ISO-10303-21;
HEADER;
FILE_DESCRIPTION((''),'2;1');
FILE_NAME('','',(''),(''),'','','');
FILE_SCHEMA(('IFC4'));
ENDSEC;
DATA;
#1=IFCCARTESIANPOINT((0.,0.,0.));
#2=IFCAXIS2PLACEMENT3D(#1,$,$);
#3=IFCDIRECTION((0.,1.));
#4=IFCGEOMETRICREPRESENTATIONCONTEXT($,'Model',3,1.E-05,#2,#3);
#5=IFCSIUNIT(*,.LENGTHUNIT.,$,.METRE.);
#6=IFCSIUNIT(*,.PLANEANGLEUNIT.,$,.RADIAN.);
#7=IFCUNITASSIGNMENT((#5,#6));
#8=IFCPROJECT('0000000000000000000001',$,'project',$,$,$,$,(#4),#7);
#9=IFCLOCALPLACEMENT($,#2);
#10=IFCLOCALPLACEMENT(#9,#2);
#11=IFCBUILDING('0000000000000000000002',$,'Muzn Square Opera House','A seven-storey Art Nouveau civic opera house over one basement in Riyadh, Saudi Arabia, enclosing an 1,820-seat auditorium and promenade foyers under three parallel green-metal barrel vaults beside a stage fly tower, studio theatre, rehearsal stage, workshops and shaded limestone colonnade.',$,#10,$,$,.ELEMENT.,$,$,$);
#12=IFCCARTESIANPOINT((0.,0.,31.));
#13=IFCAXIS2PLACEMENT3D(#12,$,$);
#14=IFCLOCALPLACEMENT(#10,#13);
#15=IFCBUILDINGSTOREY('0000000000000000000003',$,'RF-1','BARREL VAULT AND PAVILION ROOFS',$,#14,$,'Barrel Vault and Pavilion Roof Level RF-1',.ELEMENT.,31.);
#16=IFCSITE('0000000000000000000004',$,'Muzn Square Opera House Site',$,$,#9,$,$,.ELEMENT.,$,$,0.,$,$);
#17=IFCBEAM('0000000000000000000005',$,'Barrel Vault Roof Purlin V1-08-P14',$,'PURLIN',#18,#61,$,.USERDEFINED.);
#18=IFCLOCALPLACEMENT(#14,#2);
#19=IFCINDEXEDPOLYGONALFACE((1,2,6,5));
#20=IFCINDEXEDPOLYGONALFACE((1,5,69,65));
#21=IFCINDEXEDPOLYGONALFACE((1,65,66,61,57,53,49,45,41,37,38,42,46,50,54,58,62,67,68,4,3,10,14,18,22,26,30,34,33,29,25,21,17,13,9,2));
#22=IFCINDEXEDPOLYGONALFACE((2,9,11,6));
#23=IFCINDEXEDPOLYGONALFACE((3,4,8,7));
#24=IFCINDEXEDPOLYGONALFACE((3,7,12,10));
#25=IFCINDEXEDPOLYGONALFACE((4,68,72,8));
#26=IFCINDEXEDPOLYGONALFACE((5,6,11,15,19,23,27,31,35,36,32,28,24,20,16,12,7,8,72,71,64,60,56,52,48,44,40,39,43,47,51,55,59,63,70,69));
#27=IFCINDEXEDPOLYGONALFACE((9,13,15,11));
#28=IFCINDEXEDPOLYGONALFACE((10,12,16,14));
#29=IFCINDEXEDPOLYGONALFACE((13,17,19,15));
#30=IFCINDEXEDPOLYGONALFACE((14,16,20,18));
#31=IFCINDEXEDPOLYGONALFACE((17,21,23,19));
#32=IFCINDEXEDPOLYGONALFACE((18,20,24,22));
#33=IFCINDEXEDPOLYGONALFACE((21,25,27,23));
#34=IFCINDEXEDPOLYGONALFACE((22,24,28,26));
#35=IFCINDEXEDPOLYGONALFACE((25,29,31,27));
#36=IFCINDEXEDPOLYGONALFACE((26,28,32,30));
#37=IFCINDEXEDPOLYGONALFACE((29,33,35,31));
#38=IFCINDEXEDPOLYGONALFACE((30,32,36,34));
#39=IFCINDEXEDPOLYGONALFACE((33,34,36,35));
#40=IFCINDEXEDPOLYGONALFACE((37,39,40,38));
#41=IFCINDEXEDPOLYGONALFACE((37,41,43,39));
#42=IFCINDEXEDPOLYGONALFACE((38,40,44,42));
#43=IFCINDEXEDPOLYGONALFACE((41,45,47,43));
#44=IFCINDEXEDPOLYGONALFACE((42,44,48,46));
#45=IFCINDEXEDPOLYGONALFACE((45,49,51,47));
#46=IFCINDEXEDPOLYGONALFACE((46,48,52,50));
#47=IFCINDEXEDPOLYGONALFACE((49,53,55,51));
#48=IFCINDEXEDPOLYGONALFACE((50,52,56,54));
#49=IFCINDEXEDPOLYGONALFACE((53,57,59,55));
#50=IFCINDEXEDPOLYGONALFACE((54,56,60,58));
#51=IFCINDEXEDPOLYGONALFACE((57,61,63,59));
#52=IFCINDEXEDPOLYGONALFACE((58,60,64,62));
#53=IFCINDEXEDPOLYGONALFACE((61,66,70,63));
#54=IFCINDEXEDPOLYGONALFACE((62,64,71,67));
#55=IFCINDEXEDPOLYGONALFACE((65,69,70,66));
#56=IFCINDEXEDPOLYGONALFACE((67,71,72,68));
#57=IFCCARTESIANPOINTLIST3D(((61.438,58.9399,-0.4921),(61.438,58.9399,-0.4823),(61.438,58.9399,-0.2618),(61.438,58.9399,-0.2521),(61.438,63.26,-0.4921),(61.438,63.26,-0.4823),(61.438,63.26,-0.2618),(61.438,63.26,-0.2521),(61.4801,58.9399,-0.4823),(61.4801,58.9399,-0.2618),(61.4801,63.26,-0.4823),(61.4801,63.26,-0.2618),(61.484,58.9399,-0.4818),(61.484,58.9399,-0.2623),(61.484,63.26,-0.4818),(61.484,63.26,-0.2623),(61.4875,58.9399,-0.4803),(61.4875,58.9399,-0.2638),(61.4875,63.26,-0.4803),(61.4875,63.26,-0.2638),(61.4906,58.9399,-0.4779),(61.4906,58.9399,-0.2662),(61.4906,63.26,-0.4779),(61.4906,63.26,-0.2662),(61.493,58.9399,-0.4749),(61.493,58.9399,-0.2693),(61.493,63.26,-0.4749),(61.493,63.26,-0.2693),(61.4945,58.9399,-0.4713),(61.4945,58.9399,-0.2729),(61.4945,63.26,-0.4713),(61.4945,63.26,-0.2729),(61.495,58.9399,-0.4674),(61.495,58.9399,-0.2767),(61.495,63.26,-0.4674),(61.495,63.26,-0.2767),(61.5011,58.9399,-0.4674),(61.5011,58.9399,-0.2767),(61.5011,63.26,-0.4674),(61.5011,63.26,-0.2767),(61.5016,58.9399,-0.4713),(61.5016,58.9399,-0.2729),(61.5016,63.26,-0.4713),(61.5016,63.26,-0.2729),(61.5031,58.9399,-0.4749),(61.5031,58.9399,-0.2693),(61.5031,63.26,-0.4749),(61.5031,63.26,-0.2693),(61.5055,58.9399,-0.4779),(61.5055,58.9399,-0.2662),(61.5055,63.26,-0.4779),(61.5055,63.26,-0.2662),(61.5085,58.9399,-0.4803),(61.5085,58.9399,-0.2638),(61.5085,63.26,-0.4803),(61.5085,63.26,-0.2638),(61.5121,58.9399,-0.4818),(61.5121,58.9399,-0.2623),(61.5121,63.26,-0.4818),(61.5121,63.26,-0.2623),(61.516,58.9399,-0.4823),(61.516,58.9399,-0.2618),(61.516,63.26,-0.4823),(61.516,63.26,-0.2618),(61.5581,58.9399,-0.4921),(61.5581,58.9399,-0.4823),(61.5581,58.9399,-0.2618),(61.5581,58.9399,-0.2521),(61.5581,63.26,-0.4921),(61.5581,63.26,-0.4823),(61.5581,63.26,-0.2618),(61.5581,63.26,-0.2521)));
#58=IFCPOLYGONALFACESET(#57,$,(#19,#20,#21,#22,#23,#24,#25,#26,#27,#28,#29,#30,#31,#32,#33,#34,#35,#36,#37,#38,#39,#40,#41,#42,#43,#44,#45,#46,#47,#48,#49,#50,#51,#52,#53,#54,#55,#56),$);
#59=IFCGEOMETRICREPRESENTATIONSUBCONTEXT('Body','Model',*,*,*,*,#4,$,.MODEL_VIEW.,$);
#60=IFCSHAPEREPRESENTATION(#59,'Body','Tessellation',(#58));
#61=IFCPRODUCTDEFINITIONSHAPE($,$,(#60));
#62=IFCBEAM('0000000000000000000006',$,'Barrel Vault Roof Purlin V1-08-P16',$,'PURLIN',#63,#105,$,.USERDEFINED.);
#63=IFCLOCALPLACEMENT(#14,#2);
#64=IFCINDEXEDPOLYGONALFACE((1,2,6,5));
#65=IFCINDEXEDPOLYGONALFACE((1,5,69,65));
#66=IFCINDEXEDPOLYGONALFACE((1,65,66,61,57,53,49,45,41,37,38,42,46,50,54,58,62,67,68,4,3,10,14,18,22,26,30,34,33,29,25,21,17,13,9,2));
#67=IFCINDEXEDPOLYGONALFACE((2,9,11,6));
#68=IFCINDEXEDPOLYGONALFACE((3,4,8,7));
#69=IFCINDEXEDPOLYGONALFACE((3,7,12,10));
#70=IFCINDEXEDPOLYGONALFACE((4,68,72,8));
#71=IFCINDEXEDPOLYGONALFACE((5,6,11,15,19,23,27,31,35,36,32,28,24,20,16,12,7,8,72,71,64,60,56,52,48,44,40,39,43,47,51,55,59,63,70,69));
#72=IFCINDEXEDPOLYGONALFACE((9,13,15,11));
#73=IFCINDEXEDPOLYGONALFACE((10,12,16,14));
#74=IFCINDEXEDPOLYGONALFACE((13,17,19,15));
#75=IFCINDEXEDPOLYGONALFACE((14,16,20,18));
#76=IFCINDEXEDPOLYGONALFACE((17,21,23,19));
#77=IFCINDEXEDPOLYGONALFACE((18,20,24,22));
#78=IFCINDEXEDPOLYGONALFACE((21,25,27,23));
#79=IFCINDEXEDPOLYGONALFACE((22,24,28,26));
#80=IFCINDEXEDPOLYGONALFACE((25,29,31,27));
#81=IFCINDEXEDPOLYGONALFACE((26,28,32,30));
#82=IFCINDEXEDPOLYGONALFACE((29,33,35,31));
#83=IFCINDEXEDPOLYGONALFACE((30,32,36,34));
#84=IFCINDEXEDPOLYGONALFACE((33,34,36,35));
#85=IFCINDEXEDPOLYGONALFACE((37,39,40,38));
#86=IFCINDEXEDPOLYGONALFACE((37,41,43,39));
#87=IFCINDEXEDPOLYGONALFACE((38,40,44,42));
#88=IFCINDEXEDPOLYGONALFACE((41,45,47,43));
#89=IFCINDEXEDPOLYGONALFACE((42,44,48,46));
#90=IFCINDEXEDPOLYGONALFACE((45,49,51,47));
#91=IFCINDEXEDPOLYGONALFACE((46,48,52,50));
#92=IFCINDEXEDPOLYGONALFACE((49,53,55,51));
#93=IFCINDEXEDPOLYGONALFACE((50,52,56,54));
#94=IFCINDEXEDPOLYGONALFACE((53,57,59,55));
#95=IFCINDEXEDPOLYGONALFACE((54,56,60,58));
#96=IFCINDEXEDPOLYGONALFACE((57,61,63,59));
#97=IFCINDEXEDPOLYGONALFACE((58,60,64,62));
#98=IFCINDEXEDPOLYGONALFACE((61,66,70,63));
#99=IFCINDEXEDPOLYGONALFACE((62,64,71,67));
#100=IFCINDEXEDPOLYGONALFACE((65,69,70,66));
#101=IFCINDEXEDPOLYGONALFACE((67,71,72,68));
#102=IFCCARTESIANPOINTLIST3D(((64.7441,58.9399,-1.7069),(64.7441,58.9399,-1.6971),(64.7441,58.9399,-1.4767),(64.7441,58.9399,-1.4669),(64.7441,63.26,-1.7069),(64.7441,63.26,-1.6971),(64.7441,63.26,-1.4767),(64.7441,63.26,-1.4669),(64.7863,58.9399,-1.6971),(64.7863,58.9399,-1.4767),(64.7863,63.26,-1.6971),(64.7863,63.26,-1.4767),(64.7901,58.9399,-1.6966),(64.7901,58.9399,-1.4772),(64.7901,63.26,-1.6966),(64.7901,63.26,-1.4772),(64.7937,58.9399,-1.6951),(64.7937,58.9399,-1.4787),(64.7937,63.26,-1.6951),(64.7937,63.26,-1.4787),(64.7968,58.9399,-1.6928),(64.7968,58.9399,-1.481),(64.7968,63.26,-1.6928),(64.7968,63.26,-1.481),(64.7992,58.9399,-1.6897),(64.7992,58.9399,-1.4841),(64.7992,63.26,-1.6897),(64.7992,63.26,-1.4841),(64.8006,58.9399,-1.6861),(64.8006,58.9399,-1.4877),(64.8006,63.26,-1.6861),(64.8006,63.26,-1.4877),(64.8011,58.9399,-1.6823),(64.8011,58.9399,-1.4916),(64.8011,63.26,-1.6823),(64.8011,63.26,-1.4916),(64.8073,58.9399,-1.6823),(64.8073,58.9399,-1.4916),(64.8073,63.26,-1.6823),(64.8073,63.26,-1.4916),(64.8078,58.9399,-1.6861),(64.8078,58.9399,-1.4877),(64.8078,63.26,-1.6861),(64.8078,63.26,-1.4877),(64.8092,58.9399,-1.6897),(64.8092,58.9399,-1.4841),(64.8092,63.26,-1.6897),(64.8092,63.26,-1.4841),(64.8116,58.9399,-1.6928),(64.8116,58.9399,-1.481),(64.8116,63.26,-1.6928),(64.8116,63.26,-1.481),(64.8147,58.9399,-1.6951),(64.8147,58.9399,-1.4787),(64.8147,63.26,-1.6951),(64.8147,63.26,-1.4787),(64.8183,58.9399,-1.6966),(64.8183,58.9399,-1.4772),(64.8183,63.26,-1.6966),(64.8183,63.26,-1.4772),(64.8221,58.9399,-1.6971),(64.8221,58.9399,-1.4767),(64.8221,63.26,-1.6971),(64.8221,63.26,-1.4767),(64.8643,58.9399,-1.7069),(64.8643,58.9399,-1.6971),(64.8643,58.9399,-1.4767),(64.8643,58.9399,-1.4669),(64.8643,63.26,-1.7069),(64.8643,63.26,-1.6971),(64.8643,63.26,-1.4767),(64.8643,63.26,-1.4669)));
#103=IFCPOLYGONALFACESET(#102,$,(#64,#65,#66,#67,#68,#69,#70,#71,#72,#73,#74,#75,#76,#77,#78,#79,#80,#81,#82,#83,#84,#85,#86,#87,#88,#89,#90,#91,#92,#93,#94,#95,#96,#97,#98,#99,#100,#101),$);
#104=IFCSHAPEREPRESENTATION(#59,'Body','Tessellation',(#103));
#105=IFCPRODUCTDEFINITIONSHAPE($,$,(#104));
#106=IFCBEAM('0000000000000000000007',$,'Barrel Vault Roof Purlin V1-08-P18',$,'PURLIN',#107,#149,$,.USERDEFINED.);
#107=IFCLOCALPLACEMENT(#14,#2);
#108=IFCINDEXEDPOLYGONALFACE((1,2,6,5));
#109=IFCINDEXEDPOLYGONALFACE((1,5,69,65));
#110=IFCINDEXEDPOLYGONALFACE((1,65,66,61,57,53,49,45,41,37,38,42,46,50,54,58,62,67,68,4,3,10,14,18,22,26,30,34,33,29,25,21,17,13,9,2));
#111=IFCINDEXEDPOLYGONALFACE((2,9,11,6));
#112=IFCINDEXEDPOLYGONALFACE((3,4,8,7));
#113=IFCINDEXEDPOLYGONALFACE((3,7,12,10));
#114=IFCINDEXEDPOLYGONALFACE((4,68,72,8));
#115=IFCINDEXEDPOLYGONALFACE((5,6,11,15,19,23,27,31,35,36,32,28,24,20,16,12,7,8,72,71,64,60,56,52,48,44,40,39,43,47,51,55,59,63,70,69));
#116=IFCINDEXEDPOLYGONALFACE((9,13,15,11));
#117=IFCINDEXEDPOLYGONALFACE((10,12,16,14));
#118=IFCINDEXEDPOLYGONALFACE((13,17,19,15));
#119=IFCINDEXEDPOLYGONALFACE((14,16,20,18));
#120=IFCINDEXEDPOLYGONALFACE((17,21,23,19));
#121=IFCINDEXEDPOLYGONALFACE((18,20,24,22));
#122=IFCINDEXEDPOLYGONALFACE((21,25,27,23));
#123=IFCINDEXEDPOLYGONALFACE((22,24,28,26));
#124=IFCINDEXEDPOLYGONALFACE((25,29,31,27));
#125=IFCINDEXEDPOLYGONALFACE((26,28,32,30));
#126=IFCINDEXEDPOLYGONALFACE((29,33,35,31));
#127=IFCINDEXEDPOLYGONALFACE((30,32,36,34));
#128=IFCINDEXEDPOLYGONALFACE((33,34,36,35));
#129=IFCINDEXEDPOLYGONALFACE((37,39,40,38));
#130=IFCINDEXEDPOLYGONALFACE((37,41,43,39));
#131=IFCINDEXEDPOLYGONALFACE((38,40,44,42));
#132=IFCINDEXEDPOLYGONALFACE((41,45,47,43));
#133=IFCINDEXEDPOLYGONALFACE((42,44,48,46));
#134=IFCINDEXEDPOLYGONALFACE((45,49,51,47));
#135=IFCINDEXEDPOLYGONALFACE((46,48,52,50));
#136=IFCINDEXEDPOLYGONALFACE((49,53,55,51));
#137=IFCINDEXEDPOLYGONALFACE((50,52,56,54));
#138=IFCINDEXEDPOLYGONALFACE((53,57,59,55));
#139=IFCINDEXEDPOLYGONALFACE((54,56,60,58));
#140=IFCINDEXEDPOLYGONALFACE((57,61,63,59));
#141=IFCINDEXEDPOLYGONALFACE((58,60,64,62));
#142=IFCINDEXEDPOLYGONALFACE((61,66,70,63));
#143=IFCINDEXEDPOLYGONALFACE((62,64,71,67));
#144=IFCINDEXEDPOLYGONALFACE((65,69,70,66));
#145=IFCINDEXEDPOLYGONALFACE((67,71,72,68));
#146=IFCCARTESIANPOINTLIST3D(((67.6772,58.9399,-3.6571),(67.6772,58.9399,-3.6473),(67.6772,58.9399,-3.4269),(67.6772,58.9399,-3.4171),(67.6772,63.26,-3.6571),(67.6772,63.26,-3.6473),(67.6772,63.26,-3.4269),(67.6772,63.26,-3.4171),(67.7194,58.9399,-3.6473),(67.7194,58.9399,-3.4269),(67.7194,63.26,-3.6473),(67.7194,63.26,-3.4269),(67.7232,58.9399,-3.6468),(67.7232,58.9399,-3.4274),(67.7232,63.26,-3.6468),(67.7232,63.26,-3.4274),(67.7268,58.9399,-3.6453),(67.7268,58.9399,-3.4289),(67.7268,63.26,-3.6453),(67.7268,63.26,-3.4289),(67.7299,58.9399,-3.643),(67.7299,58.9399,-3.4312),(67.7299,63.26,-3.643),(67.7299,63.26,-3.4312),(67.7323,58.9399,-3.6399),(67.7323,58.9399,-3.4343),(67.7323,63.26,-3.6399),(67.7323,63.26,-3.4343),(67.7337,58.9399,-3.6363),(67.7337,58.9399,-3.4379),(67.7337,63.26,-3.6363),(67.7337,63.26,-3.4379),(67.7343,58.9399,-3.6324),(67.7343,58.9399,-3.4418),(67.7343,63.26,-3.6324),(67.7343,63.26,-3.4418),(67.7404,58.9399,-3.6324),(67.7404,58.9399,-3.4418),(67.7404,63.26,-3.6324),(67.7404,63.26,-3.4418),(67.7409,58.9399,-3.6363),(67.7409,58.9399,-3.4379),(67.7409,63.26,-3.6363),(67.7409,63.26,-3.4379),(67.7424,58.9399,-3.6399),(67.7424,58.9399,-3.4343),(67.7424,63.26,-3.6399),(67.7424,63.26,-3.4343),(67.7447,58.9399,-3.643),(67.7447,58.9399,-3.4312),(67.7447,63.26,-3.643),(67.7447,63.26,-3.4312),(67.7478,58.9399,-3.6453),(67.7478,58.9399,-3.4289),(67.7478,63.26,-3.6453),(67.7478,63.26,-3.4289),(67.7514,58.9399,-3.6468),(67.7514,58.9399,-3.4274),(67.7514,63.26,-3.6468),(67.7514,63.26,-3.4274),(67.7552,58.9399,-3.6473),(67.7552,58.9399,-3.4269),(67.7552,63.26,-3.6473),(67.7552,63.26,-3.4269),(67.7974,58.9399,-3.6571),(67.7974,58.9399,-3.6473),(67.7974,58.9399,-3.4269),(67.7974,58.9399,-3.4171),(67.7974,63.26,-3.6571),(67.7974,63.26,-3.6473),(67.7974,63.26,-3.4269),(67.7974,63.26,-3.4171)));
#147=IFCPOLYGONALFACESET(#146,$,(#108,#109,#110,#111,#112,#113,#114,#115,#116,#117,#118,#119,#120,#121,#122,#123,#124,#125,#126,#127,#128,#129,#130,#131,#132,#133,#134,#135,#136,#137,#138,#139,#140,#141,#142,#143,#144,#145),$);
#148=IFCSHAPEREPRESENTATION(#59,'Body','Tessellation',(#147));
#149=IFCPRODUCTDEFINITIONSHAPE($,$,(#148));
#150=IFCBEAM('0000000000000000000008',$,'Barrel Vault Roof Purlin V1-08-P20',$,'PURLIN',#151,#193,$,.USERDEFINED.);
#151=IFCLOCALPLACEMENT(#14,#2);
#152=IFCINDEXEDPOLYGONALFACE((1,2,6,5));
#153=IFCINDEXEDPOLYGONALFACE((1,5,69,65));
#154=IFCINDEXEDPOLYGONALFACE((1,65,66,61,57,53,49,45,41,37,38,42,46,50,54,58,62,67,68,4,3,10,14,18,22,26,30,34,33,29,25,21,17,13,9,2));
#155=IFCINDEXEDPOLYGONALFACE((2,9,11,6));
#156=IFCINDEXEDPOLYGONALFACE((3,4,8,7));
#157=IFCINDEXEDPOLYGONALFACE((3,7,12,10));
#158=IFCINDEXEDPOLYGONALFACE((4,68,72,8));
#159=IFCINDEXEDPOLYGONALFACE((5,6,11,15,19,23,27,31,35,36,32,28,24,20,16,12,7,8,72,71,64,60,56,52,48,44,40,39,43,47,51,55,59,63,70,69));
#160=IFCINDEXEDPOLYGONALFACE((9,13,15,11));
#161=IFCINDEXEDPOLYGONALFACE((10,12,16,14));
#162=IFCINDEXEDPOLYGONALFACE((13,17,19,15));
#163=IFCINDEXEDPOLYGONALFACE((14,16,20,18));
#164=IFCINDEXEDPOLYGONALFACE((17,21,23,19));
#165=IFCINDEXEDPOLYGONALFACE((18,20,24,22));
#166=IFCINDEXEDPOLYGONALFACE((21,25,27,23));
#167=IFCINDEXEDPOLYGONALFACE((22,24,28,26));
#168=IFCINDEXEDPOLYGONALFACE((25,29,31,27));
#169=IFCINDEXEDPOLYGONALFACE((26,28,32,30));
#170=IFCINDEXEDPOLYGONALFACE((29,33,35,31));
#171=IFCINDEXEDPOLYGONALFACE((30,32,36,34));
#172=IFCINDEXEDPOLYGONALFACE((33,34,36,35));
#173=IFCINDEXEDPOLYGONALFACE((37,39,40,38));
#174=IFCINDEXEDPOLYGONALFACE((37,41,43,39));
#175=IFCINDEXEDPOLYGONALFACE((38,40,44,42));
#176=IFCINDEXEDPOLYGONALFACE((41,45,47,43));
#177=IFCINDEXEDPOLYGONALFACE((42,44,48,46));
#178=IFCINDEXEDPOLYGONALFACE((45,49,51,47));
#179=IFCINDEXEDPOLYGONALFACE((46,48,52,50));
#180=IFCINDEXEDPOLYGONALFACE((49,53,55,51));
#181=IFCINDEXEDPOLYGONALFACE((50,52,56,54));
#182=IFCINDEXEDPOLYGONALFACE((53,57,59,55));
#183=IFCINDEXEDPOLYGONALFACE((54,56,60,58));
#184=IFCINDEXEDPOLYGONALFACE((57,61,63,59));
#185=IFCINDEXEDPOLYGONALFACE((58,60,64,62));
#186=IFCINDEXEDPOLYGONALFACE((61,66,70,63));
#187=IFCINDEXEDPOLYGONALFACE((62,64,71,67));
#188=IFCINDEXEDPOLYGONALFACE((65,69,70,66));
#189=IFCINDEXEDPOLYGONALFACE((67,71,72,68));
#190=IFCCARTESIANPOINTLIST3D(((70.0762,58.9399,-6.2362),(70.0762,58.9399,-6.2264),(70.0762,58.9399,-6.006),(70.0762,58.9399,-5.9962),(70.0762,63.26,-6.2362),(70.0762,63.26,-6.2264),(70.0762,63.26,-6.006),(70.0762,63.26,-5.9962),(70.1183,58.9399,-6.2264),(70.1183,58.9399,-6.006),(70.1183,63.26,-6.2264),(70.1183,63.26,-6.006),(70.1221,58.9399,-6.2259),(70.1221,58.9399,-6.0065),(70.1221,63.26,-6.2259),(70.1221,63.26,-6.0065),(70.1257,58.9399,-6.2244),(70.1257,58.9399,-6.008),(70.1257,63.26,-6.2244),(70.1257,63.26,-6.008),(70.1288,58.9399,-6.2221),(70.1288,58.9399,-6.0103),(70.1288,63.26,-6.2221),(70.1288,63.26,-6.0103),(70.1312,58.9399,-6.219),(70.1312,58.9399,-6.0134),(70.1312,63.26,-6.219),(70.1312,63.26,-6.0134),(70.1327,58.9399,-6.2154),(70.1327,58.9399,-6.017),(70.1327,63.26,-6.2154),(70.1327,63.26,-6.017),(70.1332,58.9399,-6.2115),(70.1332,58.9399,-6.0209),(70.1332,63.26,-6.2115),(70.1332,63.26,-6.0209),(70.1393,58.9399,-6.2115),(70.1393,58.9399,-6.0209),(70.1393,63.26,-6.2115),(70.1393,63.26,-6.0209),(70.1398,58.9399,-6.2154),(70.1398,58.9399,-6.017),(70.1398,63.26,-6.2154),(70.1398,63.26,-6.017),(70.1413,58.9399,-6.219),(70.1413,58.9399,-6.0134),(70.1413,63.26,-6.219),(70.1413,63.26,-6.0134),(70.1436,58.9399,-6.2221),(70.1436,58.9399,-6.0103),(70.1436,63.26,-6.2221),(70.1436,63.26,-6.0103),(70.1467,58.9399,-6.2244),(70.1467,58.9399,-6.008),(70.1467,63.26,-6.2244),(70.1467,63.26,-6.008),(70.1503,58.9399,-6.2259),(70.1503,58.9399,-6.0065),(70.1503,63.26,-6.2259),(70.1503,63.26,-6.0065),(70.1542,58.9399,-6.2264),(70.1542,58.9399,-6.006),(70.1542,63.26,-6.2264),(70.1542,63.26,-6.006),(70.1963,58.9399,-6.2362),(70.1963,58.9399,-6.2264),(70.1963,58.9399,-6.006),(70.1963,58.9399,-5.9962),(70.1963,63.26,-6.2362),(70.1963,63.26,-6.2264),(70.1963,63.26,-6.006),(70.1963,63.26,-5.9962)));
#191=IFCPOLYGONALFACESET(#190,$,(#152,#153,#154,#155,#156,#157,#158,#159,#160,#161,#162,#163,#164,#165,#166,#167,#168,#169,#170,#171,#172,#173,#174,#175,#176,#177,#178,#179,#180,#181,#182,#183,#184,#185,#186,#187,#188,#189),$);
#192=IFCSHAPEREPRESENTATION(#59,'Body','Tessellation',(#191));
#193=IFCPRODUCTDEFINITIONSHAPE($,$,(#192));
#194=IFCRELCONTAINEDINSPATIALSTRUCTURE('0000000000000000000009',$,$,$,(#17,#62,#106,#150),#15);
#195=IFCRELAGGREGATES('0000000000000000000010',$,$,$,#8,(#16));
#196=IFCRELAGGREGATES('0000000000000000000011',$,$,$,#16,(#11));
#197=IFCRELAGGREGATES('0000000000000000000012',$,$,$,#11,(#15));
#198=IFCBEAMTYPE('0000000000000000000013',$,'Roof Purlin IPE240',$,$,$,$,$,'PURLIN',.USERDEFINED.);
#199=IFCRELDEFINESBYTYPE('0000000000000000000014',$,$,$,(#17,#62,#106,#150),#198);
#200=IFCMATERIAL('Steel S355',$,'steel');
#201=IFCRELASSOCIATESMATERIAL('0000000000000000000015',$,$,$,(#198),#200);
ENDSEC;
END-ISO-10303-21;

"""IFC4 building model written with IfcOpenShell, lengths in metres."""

from ifc_helpers import new_model, si_unit, direction, frame, origin, origin_2d, place, context, subcontext, project, spatial, i_section, extrude, material, material_profile, profile_set, type_object, element, save


model = new_model("IFC4")

# Units and contexts
model_context = context("Model", 3, precision=1e-05, world=origin(), true_north=direction((0.0, 1.0)))
body_context = subcontext(model_context, "Body", "Model", "MODEL_VIEW")
ifc_project = project(units=[si_unit("LENGTHUNIT", "METRE"), si_unit("PLANEANGLEUNIT", "RADIAN")], contexts=[model_context])

# Site, building, storey
site_placement = place(None, origin())
site = spatial("IfcSite", under=ifc_project, at=site_placement, Name="Muzn Square Opera House Site", CompositionType="ELEMENT", RefElevation=0.0)
building_placement = place(site_placement, origin())
building = spatial("IfcBuilding", under=site, at=building_placement, Name="Muzn Square Opera House", Description="A seven-storey Art Nouveau civic opera house over one basement in Riyadh, Saudi Arabia, enclosing an 1,820-seat auditorium and promenade foyers under three parallel green-metal barrel vaults beside a stage fly tower, studio theatre, rehearsal stage, workshops and shaded limestone colonnade.", CompositionType="ELEMENT")
storey_placement = place(building_placement, frame((0.0, 0.0, 31.0)))
storey = spatial("IfcBuildingStorey", under=building, at=storey_placement, Name="RF-1", Description="BARREL VAULT AND PAVILION ROOFS", LongName="Barrel Vault and Pavilion Roof Level RF-1", CompositionType="ELEMENT", Elevation=31.0)

# Beams
ifc_material_1 = material(Name="Steel S355", Category="steel")
ifc_material_profile_1 = material_profile(ifc_material_1, i_section(OverallWidth=0.1201, OverallDepth=0.24, WebThickness=0.0061, FlangeThickness=0.0098, FilletRadius=0.0149, at=origin_2d()), Name="IPE 240", Category="steel")
ifc_profile_set_1 = profile_set([ifc_material_profile_1], Name="Steel S355")
beam_type_1 = type_object("IfcBeamType", Name="Roof Purlin IPE240", ElementType="PURLIN", PredefinedType="USERDEFINED", material=ifc_profile_set_1)
for number, where, z_axis, x_axis, name in (
    (1, (61.498, 58.9399, -0.3721), (0.0, 1.0, 0.0), (-1.0, 0.0, 0.0), "Barrel Vault Roof Purlin V1-08-P14"),
    (2, (64.8042, 58.9399, -1.5869), (0.0, 1.0, 0.0), (-1.0, 0.0, 0.0), "Barrel Vault Roof Purlin V1-08-P16"),
    (3, (67.7373, 58.9399, -3.5371), (0.0, 1.0, 0.0), (-1.0, 0.0, 0.0), "Barrel Vault Roof Purlin V1-08-P18"),
    (4, (70.1362, 58.9399, -6.1162), (0.0, 1.0, 0.0), (-1.0, 0.0, 0.0), "Barrel Vault Roof Purlin V1-08-P20"),
):
    element("IfcBeam", number, at=place(storey_placement, frame(where, z_axis=z_axis, x_axis=x_axis)), inside=storey, type_object=beam_type_1, Name=name, ObjectType="PURLIN", PredefinedType="USERDEFINED", context=body_context, shape_type="SweptSolid", body=[
        extrude(i_section(OverallWidth=0.1201, OverallDepth=0.24, WebThickness=0.0061, FlangeThickness=0.0098, FilletRadius=0.0149, at=origin_2d()), origin(), (0.0, 0.0, 1.0), 4.3201),
    ])

save(model, "model.ifc")
